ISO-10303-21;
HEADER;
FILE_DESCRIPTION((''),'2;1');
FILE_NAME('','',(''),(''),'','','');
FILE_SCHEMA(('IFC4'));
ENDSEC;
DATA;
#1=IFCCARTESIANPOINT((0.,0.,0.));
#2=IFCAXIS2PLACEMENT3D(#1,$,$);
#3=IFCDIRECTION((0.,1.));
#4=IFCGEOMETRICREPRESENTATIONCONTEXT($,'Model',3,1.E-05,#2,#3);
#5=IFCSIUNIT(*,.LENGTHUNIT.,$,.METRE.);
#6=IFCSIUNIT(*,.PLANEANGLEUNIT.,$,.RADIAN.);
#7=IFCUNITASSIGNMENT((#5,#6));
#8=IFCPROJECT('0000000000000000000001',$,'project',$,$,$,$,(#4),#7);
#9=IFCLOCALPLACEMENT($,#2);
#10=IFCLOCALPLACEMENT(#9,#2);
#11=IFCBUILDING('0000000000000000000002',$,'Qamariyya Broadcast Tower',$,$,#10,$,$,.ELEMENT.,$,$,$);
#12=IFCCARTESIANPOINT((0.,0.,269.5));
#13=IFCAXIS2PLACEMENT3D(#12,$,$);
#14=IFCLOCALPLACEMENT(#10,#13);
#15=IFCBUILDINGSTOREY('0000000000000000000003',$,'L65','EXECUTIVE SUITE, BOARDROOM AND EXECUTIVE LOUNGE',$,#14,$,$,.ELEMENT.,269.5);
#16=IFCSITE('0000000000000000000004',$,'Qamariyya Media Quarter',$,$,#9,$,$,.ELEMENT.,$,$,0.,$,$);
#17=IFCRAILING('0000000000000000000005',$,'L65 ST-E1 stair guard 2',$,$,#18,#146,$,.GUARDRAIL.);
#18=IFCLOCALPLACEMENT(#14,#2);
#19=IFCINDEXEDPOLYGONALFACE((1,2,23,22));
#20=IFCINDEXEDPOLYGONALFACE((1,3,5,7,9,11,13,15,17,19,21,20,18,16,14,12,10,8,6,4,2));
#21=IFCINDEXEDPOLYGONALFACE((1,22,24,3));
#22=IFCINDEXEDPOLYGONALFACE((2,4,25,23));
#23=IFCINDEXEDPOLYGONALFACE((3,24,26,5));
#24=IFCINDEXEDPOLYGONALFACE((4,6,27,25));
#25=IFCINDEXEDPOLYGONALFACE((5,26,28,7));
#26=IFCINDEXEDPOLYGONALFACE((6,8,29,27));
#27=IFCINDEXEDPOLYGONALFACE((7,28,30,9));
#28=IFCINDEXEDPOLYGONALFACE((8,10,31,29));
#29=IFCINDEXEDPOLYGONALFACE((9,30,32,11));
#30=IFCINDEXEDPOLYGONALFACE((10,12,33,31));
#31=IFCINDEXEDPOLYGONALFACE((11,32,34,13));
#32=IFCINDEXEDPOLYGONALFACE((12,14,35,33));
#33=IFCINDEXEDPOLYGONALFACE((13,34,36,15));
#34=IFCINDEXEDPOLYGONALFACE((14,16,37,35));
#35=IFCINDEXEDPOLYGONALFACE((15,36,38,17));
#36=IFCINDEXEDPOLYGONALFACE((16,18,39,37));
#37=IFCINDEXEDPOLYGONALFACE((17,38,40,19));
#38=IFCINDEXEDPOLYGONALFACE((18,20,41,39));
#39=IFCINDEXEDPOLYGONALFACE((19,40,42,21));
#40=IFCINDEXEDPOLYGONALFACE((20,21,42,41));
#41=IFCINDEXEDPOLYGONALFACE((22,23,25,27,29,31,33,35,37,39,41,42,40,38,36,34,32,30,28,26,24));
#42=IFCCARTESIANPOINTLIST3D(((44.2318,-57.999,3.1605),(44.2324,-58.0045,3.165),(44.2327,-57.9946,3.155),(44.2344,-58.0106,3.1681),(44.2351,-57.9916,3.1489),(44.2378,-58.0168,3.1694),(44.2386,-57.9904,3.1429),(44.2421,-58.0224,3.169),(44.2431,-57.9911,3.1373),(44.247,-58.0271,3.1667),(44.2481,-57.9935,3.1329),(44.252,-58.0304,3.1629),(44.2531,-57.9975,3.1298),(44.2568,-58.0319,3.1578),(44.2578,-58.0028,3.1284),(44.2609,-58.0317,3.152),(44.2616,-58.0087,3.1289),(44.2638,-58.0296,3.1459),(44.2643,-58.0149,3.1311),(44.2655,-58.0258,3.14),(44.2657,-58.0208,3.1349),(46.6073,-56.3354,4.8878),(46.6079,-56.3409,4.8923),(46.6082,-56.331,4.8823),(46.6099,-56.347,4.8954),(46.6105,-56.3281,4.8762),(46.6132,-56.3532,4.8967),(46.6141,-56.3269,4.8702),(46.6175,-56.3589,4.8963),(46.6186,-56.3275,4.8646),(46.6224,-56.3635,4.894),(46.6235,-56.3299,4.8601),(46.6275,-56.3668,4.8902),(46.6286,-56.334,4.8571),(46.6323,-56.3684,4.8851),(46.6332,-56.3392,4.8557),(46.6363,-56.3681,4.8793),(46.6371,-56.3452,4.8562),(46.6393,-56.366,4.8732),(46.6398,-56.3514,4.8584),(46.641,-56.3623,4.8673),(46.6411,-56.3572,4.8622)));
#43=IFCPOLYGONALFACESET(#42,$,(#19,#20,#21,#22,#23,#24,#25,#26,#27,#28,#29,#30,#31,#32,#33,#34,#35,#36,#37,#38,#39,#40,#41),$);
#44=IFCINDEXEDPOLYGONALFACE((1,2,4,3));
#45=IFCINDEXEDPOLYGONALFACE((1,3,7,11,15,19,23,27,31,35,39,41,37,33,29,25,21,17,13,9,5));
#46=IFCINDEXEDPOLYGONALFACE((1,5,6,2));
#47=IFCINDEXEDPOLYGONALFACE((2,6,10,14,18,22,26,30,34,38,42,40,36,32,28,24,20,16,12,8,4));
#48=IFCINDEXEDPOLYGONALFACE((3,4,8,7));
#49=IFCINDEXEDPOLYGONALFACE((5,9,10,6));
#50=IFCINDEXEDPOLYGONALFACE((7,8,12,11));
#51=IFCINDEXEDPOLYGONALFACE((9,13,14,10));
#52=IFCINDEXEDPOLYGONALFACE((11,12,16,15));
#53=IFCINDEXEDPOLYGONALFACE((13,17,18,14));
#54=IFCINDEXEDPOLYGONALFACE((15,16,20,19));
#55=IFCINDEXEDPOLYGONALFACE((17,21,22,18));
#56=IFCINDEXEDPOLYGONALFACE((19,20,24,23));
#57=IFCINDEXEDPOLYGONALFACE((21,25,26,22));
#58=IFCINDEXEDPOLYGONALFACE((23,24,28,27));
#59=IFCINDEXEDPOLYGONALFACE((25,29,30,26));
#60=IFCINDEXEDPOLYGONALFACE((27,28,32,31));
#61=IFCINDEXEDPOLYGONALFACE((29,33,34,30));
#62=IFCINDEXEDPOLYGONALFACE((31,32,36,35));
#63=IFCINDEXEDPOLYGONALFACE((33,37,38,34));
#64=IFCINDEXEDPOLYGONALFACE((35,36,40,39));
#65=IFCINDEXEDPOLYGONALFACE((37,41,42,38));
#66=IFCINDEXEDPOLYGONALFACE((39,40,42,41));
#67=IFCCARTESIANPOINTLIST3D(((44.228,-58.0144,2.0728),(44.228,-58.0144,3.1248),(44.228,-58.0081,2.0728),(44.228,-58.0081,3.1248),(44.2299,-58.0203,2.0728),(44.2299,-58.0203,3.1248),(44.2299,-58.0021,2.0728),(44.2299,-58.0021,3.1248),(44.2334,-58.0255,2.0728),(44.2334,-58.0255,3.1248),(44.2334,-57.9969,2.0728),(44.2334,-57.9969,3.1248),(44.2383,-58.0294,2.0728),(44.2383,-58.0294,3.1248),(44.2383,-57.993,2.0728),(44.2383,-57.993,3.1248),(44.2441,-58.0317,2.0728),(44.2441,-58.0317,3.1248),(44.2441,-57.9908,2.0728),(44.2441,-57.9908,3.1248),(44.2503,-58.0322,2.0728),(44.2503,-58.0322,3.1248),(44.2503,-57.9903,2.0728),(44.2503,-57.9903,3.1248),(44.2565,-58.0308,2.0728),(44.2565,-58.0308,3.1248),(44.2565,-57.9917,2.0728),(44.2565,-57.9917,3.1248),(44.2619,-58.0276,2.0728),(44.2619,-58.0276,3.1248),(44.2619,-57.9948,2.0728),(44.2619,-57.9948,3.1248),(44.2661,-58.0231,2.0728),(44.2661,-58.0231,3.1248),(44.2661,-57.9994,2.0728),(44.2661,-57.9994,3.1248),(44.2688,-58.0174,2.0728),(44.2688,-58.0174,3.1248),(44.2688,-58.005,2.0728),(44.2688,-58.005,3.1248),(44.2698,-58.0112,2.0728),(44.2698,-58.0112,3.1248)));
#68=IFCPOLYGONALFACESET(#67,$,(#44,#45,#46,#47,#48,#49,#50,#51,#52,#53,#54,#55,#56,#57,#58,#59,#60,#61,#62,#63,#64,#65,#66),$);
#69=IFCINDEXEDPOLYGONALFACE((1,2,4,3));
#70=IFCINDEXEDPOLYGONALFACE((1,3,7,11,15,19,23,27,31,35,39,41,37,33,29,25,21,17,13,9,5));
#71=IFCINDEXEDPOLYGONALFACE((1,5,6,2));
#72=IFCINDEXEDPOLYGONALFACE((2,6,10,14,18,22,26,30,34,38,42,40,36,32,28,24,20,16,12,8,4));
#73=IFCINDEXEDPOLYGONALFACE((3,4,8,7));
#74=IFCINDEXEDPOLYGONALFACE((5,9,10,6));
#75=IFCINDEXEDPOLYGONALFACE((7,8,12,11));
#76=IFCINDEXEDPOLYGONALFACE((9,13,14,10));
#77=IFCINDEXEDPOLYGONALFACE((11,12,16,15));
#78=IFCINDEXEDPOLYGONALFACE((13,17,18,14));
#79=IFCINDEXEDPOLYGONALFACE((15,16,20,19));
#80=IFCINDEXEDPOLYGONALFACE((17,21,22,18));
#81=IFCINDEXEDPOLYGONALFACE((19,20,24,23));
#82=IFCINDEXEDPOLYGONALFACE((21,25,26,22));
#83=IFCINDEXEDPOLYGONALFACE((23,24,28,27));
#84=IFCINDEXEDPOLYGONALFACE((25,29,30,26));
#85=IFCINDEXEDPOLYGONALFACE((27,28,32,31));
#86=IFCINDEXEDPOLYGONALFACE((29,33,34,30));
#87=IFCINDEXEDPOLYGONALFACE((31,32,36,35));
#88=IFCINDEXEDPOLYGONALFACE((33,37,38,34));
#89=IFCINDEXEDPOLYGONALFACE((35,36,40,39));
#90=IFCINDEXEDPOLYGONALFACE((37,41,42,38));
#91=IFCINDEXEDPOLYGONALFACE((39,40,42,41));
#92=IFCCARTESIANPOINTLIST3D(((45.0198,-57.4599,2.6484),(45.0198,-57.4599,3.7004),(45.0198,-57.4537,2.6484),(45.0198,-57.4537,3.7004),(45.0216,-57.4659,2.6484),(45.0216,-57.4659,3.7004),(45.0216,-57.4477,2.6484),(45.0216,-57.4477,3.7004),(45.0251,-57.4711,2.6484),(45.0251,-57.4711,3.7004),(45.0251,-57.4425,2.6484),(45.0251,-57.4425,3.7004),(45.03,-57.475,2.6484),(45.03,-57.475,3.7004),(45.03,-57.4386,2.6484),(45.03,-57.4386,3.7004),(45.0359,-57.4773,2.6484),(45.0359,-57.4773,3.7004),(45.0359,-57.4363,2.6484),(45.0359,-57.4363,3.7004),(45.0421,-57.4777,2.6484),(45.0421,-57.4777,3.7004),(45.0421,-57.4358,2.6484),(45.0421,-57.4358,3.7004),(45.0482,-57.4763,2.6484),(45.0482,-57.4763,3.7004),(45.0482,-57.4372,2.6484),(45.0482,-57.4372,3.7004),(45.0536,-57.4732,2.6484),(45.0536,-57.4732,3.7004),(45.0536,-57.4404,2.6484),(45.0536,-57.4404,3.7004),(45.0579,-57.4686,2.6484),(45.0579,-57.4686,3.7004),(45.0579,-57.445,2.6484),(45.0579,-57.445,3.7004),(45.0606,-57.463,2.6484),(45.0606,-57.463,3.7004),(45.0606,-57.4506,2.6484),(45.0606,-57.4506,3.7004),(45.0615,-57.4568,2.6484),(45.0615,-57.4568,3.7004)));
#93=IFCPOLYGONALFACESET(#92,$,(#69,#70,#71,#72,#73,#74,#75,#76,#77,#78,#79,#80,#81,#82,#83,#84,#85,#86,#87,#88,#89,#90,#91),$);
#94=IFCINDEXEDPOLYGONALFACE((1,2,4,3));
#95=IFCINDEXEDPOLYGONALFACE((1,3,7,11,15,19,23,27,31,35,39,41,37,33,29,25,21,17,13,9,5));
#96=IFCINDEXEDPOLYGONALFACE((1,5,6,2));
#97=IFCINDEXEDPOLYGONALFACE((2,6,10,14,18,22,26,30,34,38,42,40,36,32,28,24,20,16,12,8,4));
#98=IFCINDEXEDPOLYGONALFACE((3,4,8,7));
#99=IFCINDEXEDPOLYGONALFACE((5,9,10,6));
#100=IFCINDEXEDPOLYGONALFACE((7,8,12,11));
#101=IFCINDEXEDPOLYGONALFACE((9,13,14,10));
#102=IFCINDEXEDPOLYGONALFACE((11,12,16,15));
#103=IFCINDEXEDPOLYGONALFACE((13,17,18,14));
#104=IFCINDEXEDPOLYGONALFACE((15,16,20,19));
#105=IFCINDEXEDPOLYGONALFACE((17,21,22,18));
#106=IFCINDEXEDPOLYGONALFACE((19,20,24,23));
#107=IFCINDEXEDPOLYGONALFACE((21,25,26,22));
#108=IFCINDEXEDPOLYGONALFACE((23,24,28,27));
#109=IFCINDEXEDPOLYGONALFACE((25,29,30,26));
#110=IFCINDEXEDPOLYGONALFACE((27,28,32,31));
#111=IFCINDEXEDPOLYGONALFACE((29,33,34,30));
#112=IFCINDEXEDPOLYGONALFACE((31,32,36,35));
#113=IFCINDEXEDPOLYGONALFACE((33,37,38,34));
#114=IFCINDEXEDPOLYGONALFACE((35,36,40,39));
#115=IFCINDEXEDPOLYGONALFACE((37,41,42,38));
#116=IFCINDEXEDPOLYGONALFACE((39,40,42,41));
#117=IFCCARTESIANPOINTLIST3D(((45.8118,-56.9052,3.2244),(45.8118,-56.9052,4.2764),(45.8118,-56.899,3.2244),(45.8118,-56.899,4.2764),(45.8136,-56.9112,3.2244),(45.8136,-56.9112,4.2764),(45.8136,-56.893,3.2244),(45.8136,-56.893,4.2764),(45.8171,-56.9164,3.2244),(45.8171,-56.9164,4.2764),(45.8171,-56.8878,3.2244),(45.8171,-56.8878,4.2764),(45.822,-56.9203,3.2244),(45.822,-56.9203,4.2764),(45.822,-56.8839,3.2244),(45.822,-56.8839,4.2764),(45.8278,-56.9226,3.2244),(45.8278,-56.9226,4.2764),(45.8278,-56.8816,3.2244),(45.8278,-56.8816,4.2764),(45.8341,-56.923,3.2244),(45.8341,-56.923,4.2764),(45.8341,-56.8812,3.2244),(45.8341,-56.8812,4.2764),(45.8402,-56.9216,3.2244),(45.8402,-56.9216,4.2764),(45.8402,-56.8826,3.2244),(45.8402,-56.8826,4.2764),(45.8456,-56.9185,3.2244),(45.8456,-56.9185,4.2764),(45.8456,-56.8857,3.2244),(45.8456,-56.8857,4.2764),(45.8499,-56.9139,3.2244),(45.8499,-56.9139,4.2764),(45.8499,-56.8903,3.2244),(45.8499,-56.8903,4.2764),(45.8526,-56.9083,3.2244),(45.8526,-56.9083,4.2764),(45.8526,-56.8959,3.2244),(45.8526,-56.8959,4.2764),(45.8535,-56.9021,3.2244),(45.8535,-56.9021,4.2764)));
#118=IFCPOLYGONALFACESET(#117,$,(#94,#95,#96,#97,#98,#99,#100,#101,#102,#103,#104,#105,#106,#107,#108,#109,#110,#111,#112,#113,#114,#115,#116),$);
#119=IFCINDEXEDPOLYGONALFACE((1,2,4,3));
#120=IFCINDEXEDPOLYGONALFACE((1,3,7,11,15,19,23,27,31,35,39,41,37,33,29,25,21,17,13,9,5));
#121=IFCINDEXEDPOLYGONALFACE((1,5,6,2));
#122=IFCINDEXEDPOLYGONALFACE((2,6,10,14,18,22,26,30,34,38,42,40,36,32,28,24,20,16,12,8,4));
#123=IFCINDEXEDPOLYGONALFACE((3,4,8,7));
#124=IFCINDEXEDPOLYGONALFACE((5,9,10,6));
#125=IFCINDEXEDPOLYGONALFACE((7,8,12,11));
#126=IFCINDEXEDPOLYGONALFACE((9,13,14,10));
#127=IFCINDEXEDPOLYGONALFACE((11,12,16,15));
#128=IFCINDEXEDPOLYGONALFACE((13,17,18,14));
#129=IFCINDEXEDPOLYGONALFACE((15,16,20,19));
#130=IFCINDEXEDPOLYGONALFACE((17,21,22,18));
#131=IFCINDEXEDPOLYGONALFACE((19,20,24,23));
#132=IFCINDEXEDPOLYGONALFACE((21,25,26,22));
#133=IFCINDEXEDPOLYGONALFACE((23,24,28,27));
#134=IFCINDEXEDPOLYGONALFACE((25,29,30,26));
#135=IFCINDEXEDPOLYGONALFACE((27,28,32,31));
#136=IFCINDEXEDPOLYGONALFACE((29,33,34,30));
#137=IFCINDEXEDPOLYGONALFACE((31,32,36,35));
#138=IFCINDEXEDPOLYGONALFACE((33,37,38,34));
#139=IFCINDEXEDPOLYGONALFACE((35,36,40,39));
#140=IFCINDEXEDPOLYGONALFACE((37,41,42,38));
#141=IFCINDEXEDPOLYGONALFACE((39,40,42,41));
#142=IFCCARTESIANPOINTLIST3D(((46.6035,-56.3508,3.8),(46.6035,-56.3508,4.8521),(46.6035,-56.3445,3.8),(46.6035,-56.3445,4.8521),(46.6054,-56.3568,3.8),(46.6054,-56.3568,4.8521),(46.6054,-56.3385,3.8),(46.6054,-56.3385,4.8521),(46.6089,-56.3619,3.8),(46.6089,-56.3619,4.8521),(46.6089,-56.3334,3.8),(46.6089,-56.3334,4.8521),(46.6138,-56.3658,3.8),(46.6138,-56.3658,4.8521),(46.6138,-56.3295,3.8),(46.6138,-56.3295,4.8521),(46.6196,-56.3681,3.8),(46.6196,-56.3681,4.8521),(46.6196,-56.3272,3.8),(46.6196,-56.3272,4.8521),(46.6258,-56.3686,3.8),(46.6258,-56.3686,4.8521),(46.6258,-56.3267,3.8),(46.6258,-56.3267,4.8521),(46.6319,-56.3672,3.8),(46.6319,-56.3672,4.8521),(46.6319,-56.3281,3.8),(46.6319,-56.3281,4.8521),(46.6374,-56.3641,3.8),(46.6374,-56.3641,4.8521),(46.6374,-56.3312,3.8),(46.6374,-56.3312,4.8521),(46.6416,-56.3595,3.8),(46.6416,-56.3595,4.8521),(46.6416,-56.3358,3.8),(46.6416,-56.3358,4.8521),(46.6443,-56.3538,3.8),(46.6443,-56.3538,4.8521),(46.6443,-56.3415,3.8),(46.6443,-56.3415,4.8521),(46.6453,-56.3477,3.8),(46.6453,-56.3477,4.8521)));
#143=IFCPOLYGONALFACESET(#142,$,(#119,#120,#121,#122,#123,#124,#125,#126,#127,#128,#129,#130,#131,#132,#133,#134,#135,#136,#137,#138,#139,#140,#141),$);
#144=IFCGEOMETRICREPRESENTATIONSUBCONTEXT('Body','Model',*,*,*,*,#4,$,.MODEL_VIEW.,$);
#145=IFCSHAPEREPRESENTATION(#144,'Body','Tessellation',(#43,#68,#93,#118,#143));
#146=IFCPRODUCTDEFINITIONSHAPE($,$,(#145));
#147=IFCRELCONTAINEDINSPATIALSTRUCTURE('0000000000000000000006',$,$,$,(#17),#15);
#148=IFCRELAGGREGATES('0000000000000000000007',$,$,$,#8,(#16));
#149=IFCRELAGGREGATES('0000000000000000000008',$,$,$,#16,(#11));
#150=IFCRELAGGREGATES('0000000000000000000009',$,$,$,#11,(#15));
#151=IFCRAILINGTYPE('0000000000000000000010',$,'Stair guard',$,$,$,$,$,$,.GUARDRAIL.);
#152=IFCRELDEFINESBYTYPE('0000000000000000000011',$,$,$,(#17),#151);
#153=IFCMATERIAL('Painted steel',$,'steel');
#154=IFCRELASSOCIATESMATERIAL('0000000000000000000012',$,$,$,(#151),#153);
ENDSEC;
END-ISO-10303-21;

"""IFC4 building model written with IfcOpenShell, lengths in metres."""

from ifc_helpers import new_model, si_unit, direction, frame, origin, origin_2d, place, context, subcontext, project, spatial, circle, extrude, material, type_object, element, save


model = new_model("IFC4")

# Units and contexts
model_context = context("Model", 3, precision=1e-05, world=origin(), true_north=direction((0.0, 1.0)))
body_context = subcontext(model_context, "Body", "Model", "MODEL_VIEW")
ifc_project = project(units=[si_unit("LENGTHUNIT", "METRE"), si_unit("PLANEANGLEUNIT", "RADIAN")], contexts=[model_context])

# Site, building, storey
site_placement = place(None, origin())
site = spatial("IfcSite", under=ifc_project, at=site_placement, Name="Qamariyya Media Quarter", CompositionType="ELEMENT", RefElevation=0.0)
building_placement = place(site_placement, origin())
building = spatial("IfcBuilding", under=site, at=building_placement, Name="Qamariyya Broadcast Tower", CompositionType="ELEMENT")
storey_placement = place(building_placement, frame((0.0, 0.0, 269.5)))
storey = spatial("IfcBuildingStorey", under=building, at=storey_placement, Name="L65", Description="EXECUTIVE SUITE, BOARDROOM AND EXECUTIVE LOUNGE", CompositionType="ELEMENT", Elevation=269.5)

# Railing
ifc_material_1 = material(Name="Painted steel", Category="steel")
railing_type_1 = type_object("IfcRailingType", Name="Stair guard", PredefinedType="GUARDRAIL", material=ifc_material_1)
railing_1_placement = place(storey_placement, frame((44.2488, -58.0112, 2.0728)))
element("IfcRailing", 1, at=railing_1_placement, inside=storey, type_object=railing_type_1, Name="L65 ST-E1 stair guard 2", PredefinedType="GUARDRAIL", context=body_context, shape_type="SweptSolid", body=[
    extrude(circle(Radius=0.0239, at=origin_2d()), frame((0.0, 0.0, 1.0762), z_axis=(0.703745, 0.492838, 0.511716), x_axis=(-0.573632, 0.819113, 0.0)), (0.0, 0.0, 1.0), 3.3755),
    extrude(circle(Radius=0.021, at=origin_2d()), origin(), (0.0, 0.0, 1.0), 1.052),
    extrude(circle(Radius=0.021, at=origin_2d()), frame((0.7917, 0.5544, 0.5757)), (0.0, 0.0, 1.0), 1.052),
    extrude(circle(Radius=0.021, at=origin_2d()), frame((1.5837, 1.1091, 1.1516)), (0.0, 0.0, 1.0), 1.052),
    extrude(circle(Radius=0.021, at=origin_2d()), frame((2.3755, 1.6636, 1.7273)), (0.0, 0.0, 1.0), 1.052),
])

save(model, "model.ifc")
